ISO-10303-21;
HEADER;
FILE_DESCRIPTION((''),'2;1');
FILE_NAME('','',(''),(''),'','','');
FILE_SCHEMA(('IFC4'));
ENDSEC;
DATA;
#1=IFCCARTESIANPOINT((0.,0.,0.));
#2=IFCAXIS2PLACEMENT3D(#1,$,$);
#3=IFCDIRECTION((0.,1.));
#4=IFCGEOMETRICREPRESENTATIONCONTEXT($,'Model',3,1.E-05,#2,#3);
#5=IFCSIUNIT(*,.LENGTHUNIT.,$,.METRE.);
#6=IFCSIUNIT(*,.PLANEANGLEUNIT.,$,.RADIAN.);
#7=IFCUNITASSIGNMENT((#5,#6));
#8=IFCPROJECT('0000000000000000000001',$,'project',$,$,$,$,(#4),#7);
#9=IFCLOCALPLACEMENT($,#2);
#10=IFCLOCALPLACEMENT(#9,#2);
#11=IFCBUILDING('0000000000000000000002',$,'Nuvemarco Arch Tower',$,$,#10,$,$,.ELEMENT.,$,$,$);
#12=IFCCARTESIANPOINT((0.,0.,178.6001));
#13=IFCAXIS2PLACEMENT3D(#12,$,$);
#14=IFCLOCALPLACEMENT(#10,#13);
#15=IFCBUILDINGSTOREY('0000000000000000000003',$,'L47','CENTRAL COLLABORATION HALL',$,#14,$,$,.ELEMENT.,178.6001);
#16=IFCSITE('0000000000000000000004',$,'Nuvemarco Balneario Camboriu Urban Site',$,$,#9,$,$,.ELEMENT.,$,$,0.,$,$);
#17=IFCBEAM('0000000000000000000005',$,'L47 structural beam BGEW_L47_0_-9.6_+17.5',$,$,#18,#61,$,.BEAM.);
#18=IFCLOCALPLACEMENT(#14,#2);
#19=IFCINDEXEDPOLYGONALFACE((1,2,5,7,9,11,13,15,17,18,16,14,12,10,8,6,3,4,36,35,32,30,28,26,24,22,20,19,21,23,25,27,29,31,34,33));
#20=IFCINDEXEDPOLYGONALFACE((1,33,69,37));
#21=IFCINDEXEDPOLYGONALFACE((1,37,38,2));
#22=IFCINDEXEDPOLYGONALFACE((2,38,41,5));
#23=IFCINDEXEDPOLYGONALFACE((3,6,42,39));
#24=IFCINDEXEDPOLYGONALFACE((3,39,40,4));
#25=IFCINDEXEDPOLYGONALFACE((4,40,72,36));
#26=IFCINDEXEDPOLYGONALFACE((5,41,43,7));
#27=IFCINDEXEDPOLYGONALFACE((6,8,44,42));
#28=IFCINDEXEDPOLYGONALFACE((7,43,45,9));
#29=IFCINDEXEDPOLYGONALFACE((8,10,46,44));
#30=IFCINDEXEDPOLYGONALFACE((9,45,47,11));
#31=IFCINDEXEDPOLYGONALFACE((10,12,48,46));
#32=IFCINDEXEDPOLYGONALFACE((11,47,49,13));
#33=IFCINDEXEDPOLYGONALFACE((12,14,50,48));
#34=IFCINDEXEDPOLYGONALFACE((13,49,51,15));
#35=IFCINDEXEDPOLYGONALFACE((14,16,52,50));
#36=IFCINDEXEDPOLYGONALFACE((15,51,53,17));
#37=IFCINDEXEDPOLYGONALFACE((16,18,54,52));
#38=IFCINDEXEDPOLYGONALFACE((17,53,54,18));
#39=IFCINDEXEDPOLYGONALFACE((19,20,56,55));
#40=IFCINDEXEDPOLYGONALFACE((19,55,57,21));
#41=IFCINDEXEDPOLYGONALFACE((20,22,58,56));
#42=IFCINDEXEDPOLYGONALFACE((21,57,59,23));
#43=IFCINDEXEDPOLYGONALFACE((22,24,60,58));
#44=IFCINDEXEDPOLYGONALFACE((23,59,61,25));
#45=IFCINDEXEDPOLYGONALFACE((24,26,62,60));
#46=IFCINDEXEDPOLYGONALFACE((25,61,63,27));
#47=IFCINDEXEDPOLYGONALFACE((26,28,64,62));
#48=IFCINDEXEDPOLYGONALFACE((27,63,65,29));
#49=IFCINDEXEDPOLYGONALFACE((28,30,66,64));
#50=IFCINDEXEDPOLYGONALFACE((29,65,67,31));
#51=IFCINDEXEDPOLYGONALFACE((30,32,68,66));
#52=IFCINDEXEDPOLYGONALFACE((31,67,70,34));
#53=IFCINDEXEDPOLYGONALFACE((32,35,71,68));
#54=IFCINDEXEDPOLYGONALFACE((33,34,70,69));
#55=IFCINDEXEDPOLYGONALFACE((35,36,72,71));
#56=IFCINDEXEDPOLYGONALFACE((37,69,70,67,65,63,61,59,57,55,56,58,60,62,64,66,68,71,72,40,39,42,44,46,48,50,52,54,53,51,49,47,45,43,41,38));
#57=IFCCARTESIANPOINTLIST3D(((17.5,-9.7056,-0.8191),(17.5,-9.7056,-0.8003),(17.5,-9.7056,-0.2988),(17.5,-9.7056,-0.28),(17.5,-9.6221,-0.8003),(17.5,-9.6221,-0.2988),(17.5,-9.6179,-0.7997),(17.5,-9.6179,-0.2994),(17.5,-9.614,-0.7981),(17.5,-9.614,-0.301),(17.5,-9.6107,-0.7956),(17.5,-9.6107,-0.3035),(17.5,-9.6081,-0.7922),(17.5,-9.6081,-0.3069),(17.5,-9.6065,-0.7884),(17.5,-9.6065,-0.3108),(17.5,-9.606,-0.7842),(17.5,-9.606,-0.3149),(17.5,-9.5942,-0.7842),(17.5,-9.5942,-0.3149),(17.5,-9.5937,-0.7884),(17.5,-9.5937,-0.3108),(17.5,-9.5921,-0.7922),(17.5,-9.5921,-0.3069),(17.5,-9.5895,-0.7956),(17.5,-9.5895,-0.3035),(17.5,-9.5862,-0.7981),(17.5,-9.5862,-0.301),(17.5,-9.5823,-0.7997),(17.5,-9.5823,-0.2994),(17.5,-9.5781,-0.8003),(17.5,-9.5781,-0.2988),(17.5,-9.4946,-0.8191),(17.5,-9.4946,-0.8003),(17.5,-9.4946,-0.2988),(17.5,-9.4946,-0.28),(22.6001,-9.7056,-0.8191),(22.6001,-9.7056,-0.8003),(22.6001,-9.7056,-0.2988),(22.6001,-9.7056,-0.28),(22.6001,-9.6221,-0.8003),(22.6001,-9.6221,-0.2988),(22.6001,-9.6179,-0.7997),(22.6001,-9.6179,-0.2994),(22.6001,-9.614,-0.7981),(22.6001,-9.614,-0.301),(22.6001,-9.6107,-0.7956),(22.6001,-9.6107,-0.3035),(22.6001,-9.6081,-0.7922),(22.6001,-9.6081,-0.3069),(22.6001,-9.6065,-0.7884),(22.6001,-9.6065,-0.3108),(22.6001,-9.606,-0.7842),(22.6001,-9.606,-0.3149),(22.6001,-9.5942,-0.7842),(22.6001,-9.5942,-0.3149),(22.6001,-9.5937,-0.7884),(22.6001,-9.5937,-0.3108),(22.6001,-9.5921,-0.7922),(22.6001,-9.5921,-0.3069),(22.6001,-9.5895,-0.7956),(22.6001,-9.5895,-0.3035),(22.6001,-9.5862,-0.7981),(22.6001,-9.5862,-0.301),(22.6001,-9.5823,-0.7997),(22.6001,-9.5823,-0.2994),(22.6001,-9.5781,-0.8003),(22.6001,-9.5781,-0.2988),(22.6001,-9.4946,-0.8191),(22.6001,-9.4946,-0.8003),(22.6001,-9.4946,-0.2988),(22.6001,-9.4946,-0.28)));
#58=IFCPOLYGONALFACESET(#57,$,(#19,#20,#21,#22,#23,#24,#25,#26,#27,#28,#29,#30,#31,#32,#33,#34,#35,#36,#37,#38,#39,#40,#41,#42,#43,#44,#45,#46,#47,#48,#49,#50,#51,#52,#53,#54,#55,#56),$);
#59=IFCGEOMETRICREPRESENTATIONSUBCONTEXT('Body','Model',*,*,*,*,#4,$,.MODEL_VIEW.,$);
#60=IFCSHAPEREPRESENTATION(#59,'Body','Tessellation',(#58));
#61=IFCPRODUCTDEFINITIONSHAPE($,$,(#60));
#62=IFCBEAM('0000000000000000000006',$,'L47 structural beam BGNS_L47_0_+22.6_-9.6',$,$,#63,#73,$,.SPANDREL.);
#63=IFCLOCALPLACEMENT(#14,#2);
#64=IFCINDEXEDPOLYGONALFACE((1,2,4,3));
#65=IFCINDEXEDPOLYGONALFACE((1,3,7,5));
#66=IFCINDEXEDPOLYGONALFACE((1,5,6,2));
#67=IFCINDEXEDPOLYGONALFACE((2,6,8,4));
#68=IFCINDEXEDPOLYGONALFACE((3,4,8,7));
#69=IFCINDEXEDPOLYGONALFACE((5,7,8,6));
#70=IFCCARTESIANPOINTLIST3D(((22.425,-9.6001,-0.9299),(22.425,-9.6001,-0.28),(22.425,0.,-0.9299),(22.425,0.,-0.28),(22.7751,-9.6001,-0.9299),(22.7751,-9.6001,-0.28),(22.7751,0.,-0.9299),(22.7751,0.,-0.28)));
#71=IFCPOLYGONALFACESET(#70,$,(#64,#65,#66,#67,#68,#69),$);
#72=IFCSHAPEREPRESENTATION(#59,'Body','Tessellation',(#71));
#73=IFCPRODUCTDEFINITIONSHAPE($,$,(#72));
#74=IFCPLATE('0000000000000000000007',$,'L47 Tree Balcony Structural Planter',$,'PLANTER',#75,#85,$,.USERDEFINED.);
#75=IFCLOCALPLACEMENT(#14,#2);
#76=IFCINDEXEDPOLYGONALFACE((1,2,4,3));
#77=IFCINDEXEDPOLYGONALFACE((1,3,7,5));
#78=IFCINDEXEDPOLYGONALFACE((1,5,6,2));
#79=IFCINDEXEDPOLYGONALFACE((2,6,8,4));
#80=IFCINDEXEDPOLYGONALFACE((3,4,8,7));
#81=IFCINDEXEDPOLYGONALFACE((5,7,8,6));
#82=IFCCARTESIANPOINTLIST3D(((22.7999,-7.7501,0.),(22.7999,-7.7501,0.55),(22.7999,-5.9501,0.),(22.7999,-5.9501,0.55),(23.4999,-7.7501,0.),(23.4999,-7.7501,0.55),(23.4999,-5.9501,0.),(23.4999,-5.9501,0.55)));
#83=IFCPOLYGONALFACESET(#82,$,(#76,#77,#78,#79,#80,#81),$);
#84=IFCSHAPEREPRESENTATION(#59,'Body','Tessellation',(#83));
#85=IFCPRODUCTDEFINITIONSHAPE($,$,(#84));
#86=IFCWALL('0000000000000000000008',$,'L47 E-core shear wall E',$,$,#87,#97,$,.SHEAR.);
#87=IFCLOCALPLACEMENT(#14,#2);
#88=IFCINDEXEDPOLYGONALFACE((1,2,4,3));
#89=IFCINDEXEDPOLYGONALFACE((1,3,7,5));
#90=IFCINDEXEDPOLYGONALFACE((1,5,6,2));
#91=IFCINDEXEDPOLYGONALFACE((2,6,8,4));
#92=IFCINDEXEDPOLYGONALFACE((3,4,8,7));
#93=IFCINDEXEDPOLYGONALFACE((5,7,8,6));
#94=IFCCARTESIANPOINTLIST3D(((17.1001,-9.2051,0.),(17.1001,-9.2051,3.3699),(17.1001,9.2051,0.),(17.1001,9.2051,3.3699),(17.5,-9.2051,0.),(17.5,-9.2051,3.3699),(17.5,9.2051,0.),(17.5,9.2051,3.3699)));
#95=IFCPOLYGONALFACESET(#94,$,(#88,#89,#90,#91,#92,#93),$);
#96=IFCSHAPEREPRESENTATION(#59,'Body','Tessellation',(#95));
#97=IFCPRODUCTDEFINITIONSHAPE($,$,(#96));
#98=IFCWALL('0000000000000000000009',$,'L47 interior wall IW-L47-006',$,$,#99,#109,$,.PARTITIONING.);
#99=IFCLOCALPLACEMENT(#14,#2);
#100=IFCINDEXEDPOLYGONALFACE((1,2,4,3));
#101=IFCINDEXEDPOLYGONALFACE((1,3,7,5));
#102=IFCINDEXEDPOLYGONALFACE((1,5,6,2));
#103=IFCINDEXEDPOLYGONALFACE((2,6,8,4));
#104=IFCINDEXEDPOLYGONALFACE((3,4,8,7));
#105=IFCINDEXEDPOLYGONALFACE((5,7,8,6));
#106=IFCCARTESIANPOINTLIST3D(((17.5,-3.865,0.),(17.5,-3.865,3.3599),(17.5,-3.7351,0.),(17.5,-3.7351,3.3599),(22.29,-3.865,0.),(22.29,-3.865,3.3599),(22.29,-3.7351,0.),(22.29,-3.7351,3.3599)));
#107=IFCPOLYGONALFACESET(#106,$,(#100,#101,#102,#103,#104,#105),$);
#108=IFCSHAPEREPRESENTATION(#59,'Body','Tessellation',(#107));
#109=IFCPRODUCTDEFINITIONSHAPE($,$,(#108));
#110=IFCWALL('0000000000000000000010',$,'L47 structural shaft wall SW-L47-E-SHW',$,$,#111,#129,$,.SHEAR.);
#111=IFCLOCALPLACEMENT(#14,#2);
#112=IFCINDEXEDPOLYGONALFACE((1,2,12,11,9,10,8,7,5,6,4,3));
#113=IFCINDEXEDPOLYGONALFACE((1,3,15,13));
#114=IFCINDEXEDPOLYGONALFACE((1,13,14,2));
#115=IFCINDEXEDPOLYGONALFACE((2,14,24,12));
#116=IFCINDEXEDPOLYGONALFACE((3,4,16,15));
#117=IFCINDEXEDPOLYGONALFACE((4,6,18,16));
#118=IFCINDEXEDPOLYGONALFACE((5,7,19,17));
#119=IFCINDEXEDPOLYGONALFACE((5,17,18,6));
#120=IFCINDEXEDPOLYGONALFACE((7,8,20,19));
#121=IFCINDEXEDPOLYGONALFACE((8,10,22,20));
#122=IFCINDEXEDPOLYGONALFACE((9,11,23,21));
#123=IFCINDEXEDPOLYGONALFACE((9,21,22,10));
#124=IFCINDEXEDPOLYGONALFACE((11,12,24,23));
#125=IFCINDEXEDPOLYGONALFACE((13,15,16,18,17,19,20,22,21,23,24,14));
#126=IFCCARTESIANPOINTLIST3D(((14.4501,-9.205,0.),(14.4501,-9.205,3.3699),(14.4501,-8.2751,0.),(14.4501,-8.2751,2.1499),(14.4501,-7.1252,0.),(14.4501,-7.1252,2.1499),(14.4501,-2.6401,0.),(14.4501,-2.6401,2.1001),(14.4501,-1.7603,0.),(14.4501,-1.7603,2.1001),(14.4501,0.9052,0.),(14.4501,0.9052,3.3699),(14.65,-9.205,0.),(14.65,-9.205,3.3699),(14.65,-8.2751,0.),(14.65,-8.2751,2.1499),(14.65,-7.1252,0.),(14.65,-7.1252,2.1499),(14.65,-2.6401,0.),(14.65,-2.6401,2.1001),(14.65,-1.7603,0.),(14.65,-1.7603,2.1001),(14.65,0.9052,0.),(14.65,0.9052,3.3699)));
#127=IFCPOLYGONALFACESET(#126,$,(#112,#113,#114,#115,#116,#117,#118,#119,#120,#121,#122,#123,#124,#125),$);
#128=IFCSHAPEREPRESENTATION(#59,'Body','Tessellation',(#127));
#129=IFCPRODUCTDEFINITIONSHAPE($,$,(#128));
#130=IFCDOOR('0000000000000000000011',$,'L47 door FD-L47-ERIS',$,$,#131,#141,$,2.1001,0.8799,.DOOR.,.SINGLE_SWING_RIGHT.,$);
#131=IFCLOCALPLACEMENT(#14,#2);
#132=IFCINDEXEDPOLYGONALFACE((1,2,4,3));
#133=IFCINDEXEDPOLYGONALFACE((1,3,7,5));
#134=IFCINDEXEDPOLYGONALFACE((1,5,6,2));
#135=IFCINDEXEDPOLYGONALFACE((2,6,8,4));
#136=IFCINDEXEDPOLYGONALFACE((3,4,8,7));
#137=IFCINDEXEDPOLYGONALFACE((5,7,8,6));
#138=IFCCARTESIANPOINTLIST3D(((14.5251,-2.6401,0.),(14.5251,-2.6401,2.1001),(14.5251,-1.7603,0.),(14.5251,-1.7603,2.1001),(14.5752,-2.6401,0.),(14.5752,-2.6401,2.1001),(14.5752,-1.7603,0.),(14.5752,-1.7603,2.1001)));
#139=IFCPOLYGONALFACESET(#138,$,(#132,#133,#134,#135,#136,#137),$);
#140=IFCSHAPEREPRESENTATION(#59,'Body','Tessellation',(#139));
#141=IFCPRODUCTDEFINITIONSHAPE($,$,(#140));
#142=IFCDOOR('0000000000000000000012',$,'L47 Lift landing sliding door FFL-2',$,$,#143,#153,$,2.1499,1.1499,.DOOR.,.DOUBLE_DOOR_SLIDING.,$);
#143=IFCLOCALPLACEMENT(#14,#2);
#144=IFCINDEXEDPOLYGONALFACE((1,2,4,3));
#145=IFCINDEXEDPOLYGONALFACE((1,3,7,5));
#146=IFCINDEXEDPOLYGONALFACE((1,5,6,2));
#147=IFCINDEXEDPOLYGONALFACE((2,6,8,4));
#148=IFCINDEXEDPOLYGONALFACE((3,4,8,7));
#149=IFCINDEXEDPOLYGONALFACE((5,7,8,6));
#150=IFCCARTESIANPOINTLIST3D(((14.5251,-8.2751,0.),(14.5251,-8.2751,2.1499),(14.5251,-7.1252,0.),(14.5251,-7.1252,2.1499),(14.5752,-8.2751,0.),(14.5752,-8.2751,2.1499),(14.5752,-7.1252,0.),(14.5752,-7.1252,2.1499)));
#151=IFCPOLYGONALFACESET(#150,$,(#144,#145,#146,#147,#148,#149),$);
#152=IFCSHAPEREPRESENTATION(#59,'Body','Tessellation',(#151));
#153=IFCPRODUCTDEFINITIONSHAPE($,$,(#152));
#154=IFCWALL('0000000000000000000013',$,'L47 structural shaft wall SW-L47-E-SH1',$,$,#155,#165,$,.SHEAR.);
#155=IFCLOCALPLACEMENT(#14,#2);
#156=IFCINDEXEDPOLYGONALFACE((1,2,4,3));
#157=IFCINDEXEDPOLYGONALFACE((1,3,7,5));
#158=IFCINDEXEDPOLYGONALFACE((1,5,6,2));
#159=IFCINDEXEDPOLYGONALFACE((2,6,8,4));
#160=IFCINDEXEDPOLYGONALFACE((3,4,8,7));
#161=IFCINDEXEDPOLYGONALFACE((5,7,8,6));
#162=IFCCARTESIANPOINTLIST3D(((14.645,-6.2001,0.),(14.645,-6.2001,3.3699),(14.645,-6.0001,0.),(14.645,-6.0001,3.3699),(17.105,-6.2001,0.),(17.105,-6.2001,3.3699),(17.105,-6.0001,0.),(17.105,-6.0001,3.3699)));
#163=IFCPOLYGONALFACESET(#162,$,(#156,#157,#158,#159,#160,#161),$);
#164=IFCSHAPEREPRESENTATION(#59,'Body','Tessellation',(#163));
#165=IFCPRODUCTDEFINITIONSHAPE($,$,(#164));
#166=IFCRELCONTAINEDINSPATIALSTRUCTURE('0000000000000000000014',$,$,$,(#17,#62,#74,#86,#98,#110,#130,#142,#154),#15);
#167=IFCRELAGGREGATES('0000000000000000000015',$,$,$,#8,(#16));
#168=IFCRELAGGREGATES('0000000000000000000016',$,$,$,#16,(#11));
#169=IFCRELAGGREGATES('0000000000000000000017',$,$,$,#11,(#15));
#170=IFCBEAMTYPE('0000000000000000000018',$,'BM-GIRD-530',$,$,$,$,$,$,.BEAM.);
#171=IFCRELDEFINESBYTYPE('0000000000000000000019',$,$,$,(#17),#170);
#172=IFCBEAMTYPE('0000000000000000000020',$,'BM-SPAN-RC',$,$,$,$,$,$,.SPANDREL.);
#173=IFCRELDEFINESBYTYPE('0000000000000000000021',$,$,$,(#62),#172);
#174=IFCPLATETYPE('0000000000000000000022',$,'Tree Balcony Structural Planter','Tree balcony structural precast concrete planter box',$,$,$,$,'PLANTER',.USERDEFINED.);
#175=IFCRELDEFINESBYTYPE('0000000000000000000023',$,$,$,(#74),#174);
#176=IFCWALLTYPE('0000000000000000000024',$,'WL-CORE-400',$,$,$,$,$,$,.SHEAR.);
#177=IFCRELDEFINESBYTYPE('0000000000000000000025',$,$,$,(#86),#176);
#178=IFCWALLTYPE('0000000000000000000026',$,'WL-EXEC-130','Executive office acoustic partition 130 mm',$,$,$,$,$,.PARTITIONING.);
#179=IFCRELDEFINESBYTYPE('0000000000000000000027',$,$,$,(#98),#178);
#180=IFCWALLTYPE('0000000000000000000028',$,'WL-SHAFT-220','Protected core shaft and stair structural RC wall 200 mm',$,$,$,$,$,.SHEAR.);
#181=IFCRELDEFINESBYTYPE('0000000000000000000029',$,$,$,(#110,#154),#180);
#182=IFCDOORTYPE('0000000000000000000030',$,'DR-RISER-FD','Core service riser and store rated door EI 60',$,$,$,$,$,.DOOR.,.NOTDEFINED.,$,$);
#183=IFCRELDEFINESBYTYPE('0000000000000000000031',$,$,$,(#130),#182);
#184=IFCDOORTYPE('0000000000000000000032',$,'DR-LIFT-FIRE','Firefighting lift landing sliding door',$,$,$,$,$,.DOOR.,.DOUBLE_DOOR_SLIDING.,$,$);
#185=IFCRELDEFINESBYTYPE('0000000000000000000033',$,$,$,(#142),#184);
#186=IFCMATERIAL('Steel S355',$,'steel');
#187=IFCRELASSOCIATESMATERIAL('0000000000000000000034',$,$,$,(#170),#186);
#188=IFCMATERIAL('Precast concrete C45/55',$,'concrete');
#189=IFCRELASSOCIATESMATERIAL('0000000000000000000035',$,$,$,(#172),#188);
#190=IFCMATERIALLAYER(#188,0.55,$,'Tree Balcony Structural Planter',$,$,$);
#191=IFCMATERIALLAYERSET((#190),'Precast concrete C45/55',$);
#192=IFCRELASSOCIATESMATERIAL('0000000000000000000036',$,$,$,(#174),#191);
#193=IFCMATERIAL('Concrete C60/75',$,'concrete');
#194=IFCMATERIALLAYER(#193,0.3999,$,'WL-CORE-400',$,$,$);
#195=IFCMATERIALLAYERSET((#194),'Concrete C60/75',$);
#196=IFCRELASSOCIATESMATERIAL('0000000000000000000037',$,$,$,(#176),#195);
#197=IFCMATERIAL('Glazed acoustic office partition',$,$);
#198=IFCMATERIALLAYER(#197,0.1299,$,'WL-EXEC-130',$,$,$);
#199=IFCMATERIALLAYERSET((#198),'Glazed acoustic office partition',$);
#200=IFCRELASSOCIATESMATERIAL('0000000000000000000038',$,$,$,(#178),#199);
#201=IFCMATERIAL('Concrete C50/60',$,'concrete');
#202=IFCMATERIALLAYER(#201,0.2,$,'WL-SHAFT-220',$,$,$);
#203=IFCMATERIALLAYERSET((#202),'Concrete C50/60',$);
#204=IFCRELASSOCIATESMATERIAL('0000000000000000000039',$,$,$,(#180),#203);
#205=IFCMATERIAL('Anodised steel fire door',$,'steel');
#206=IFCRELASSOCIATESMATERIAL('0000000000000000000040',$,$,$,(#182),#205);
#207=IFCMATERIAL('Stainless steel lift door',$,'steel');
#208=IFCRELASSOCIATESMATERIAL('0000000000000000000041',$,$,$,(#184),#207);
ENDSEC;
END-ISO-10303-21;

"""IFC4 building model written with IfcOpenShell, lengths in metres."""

from ifc_helpers import new_model, si_unit, direction, frame, frame_2d, origin, origin_2d, place, context, subcontext, project, spatial, rectangle, i_section, extrude, source, transform, mapped, material, layer, layer_set, material_profile, profile_set, type_object, type_shapes, element, fill, save


model = new_model("IFC4")

# Units and contexts
model_context = context("Model", 3, precision=1e-05, world=origin(), true_north=direction((0.0, 1.0)))
body_context = subcontext(model_context, "Body", "Model", "MODEL_VIEW")
ifc_project = project(units=[si_unit("LENGTHUNIT", "METRE"), si_unit("PLANEANGLEUNIT", "RADIAN")], contexts=[model_context])

# Site, building, storey
site_placement = place(None, origin())
site = spatial("IfcSite", under=ifc_project, at=site_placement, Name="Nuvemarco Balneario Camboriu Urban Site", CompositionType="ELEMENT", RefElevation=0.0)
building_placement = place(site_placement, origin())
building = spatial("IfcBuilding", under=site, at=building_placement, Name="Nuvemarco Arch Tower", CompositionType="ELEMENT")
storey_placement = place(building_placement, frame((0.0, 0.0, 178.6001)))
storey = spatial("IfcBuildingStorey", under=building, at=storey_placement, Name="L47", Description="CENTRAL COLLABORATION HALL", CompositionType="ELEMENT", Elevation=178.6001)

# Shared definitions
ifc_material_1 = material(Name="Concrete C50/60", Category="concrete")
ifc_material_2 = material(Name="Steel S355", Category="steel")

# Beams
ifc_material_profile_1 = material_profile(ifc_material_2, i_section(OverallWidth=0.2109, OverallDepth=0.5391, WebThickness=0.0117, FlangeThickness=0.0188, FilletRadius=0.0161, at=origin_2d()), Name="W530x109")
ifc_profile_set_1 = profile_set([ifc_material_profile_1], Name="Steel S355")
beam_type_1 = type_object("IfcBeamType", Name="BM-GIRD-530", PredefinedType="BEAM", material=ifc_profile_set_1)
beam_1_placement = place(storey_placement, frame((17.5, -9.6001, -0.5496), z_axis=(1.0, 0.0, 0.0), x_axis=(0.0, 1.0, 0.0)))
element("IfcBeam", 1, at=beam_1_placement, inside=storey, type_object=beam_type_1, Name="L47 structural beam BGEW_L47_0_-9.6_+17.5", PredefinedType="BEAM", context=body_context, shape_type="SweptSolid", body=[
    extrude(i_section(OverallWidth=0.2109, OverallDepth=0.5391, WebThickness=0.0117, FlangeThickness=0.0188, FilletRadius=0.0161, at=origin_2d()), origin(), (0.0, 0.0, 1.0), 5.1001),
])
ifc_material_3 = material(Name="Precast concrete C45/55", Category="concrete")
ifc_material_profile_2 = material_profile(ifc_material_3, rectangle(XDim=0.3501, YDim=0.6499, at=origin_2d()), Name="PC-SP-350x650")
ifc_profile_set_2 = profile_set([ifc_material_profile_2], Name="Precast concrete C45/55")
beam_type_2 = type_object("IfcBeamType", Name="BM-SPAN-RC", PredefinedType="SPANDREL", material=ifc_profile_set_2)
beam_2_placement = place(storey_placement, frame((22.6001, -9.6001, -0.605), z_axis=(0.0, 1.0, 0.0), x_axis=(-1.0, 0.0, 0.0)))
element("IfcBeam", 2, at=beam_2_placement, inside=storey, type_object=beam_type_2, Name="L47 structural beam BGNS_L47_0_+22.6_-9.6", PredefinedType="SPANDREL", context=body_context, shape_type="SweptSolid", body=[
    extrude(rectangle(XDim=0.3501, YDim=0.6499, at=origin_2d()), origin(), (0.0, 0.0, 1.0), 9.6001),
])

# Plate
ifc_layer_1 = layer(ifc_material_3, 0.55, Name="Tree Balcony Structural Planter")
ifc_layer_set_1 = layer_set([ifc_layer_1], Name="Precast concrete C45/55")
plate_type = type_object("IfcPlateType", Name="Tree Balcony Structural Planter", Description="Tree balcony structural precast concrete planter box", ElementType="PLANTER", PredefinedType="USERDEFINED", material=ifc_layer_set_1)
shared_shape_1 = source(origin(), body_context, "Body", "SweptSolid", [
    extrude(rectangle(XDim=1.8, YDim=0.7, at=origin_2d()), origin(), (0.0, 0.0, 1.0), 0.55),
])
type_shapes(plate_type, [shared_shape_1])
plate_placement = place(storey_placement, frame((23.1499, -6.8501, 0.0), z_axis=(0.0, 0.0, 1.0), x_axis=(0.0, 1.0, 0.0)))
element("IfcPlate", 3, at=plate_placement, inside=storey, type_object=plate_type, Name="L47 Tree Balcony Structural Planter", ObjectType="PLANTER", PredefinedType="USERDEFINED", context=body_context, shape_type="MappedRepresentation", body=[
    mapped(shared_shape_1, transform((0.0, 0.0, 0.0), scale=1.0)),
])

# Walls
ifc_material_4 = material(Name="Concrete C60/75", Category="concrete")
ifc_layer_2 = layer(ifc_material_4, 0.3999, Name="WL-CORE-400")
ifc_layer_set_2 = layer_set([ifc_layer_2], Name="Concrete C60/75")
wall_type_1 = type_object("IfcWallType", Name="WL-CORE-400", PredefinedType="SHEAR", material=ifc_layer_set_2)
wall_1_placement = place(storey_placement, frame((17.3, -9.2051, 0.0), z_axis=(0.0, 0.0, 1.0), x_axis=(0.0, 1.0, 0.0)))
element("IfcWall", 4, at=wall_1_placement, inside=storey, type_object=wall_type_1, Name="L47 E-core shear wall E", PredefinedType="SHEAR", context=body_context, shape_type="SweptSolid", body=[
    extrude(rectangle(XDim=18.4102, YDim=0.3999, at=frame_2d((9.2051, 0.0))), origin(), (0.0, 0.0, 1.0), 3.3699),
])
ifc_material_5 = material(Name="Glazed acoustic office partition")
ifc_layer_3 = layer(ifc_material_5, 0.1299, Name="WL-EXEC-130")
ifc_layer_set_3 = layer_set([ifc_layer_3], Name="Glazed acoustic office partition")
wall_type_2 = type_object("IfcWallType", Name="WL-EXEC-130", Description="Executive office acoustic partition 130 mm", PredefinedType="PARTITIONING", material=ifc_layer_set_3)
wall_2_placement = place(storey_placement, frame((17.5, -3.8, 0.0), z_axis=(0.0, 0.0, 1.0), x_axis=(1.0, 0.0, 0.0)))
element("IfcWall", 5, at=wall_2_placement, inside=storey, type_object=wall_type_2, Name="L47 interior wall IW-L47-006", PredefinedType="PARTITIONING", context=body_context, shape_type="SweptSolid", body=[
    extrude(rectangle(XDim=4.79, YDim=0.1299, at=frame_2d((2.395, 0.0))), origin(), (0.0, 0.0, 1.0), 3.3599),
])

# Wall, openings, doors
ifc_layer_4 = layer(ifc_material_1, 0.2, Name="WL-SHAFT-220")
ifc_layer_set_4 = layer_set([ifc_layer_4], Name="Concrete C50/60")
wall_type_3 = type_object("IfcWallType", Name="WL-SHAFT-220", Description="Protected core shaft and stair structural RC wall 200 mm", PredefinedType="SHEAR", material=ifc_layer_set_4)
wall_3_placement = place(storey_placement, frame((14.55, -9.2051, 0.0), z_axis=(0.0, 0.0, 1.0), x_axis=(0.0, 1.0, 0.0)))
wall_3 = element("IfcWall", 6, at=wall_3_placement, inside=storey, type_object=wall_type_3, Name="L47 structural shaft wall SW-L47-E-SHW", PredefinedType="SHEAR", context=body_context, shape_type="SweptSolid", body=[
    extrude(rectangle(XDim=10.1101, YDim=0.2, at=frame_2d((5.0552, 0.0))), origin(), (0.0, 0.0, 1.0), 3.3699),
])
opening_1_placement = place(wall_3_placement, frame((6.5649, 0.0, 0.0)))
opening_1 = element("IfcOpeningElement", 7, at=opening_1_placement, cuts=wall_3, PredefinedType="OPENING", context=body_context, shape_type="SweptSolid", body=[
    extrude(rectangle(XDim=0.8799, YDim=2.1001, at=frame_2d((0.4399, 1.05))), frame((0.0, 0.1099, 0.0), z_axis=(0.0, -1.0, 0.0), x_axis=(1.0, 0.0, 0.0)), (0.0, 0.0, 1.0), 0.22),
])
opening_2_placement = place(wall_3_placement, frame((0.9299, 0.0, 0.0)))
opening_2 = element("IfcOpeningElement", 8, at=opening_2_placement, cuts=wall_3, PredefinedType="OPENING", context=body_context, shape_type="SweptSolid", body=[
    extrude(rectangle(XDim=1.1499, YDim=2.1499, at=frame_2d((0.575, 1.075))), frame((0.0, 0.1099, 0.0), z_axis=(0.0, -1.0, 0.0), x_axis=(1.0, 0.0, 0.0)), (0.0, 0.0, 1.0), 0.22),
])
ifc_material_6 = material(Name="Anodised steel fire door", Category="steel")
door_type_1 = type_object("IfcDoorType", Name="DR-RISER-FD", Description="Core service riser and store rated door EI 60", OperationType="NOTDEFINED", PredefinedType="DOOR", material=ifc_material_6)
shared_shape_2 = source(origin(), body_context, "Body", "SweptSolid", [
    extrude(rectangle(XDim=0.8799, YDim=2.1001, at=frame_2d((0.4399, 1.05))), frame((0.0, 0.0249, 0.0), z_axis=(0.0, -1.0, 0.0), x_axis=(1.0, 0.0, 0.0)), (0.0, 0.0, 1.0), 0.05),
])
type_shapes(door_type_1, [shared_shape_2])
door_1_placement = place(opening_1_placement, origin())
door_1 = element("IfcDoor", 9, at=door_1_placement, inside=storey, type_object=door_type_1, Name="L47 door FD-L47-ERIS", OperationType="SINGLE_SWING_RIGHT", OverallHeight=2.1001, OverallWidth=0.8799, PredefinedType="DOOR", context=body_context, shape_type="MappedRepresentation", body=[
    mapped(shared_shape_2, transform((0.0, 0.0, 0.0), scale=1.0)),
])
fill(opening_1, door_1)
ifc_material_7 = material(Name="Stainless steel lift door", Category="steel")
door_type_2 = type_object("IfcDoorType", Name="DR-LIFT-FIRE", Description="Firefighting lift landing sliding door", OperationType="DOUBLE_DOOR_SLIDING", PredefinedType="DOOR", material=ifc_material_7)
shared_shape_3 = source(origin(), body_context, "Body", "SweptSolid", [
    extrude(rectangle(XDim=1.1499, YDim=2.1499, at=frame_2d((0.575, 1.075))), frame((0.0, 0.0249, 0.0), z_axis=(0.0, -1.0, 0.0), x_axis=(1.0, 0.0, 0.0)), (0.0, 0.0, 1.0), 0.05),
])
type_shapes(door_type_2, [shared_shape_3])
door_2_placement = place(opening_2_placement, origin())
door_2 = element("IfcDoor", 10, at=door_2_placement, inside=storey, type_object=door_type_2, Name="L47 Lift landing sliding door FFL-2", OperationType="DOUBLE_DOOR_SLIDING", OverallHeight=2.1499, OverallWidth=1.1499, PredefinedType="DOOR", context=body_context, shape_type="MappedRepresentation", body=[
    mapped(shared_shape_3, transform((0.0, 0.0, 0.0), scale=1.0)),
])
fill(opening_2, door_2)

# Wall
wall_4_placement = place(storey_placement, frame((14.645, -6.1001, 0.0), z_axis=(0.0, 0.0, 1.0), x_axis=(1.0, 0.0, 0.0)))
element("IfcWall", 11, at=wall_4_placement, inside=storey, type_object=wall_type_3, Name="L47 structural shaft wall SW-L47-E-SH1", PredefinedType="SHEAR", context=body_context, shape_type="SweptSolid", body=[
    extrude(rectangle(XDim=2.46, YDim=0.2, at=frame_2d((1.23, 0.0))), origin(), (0.0, 0.0, 1.0), 3.3699),
])

save(model, "model.ifc")
